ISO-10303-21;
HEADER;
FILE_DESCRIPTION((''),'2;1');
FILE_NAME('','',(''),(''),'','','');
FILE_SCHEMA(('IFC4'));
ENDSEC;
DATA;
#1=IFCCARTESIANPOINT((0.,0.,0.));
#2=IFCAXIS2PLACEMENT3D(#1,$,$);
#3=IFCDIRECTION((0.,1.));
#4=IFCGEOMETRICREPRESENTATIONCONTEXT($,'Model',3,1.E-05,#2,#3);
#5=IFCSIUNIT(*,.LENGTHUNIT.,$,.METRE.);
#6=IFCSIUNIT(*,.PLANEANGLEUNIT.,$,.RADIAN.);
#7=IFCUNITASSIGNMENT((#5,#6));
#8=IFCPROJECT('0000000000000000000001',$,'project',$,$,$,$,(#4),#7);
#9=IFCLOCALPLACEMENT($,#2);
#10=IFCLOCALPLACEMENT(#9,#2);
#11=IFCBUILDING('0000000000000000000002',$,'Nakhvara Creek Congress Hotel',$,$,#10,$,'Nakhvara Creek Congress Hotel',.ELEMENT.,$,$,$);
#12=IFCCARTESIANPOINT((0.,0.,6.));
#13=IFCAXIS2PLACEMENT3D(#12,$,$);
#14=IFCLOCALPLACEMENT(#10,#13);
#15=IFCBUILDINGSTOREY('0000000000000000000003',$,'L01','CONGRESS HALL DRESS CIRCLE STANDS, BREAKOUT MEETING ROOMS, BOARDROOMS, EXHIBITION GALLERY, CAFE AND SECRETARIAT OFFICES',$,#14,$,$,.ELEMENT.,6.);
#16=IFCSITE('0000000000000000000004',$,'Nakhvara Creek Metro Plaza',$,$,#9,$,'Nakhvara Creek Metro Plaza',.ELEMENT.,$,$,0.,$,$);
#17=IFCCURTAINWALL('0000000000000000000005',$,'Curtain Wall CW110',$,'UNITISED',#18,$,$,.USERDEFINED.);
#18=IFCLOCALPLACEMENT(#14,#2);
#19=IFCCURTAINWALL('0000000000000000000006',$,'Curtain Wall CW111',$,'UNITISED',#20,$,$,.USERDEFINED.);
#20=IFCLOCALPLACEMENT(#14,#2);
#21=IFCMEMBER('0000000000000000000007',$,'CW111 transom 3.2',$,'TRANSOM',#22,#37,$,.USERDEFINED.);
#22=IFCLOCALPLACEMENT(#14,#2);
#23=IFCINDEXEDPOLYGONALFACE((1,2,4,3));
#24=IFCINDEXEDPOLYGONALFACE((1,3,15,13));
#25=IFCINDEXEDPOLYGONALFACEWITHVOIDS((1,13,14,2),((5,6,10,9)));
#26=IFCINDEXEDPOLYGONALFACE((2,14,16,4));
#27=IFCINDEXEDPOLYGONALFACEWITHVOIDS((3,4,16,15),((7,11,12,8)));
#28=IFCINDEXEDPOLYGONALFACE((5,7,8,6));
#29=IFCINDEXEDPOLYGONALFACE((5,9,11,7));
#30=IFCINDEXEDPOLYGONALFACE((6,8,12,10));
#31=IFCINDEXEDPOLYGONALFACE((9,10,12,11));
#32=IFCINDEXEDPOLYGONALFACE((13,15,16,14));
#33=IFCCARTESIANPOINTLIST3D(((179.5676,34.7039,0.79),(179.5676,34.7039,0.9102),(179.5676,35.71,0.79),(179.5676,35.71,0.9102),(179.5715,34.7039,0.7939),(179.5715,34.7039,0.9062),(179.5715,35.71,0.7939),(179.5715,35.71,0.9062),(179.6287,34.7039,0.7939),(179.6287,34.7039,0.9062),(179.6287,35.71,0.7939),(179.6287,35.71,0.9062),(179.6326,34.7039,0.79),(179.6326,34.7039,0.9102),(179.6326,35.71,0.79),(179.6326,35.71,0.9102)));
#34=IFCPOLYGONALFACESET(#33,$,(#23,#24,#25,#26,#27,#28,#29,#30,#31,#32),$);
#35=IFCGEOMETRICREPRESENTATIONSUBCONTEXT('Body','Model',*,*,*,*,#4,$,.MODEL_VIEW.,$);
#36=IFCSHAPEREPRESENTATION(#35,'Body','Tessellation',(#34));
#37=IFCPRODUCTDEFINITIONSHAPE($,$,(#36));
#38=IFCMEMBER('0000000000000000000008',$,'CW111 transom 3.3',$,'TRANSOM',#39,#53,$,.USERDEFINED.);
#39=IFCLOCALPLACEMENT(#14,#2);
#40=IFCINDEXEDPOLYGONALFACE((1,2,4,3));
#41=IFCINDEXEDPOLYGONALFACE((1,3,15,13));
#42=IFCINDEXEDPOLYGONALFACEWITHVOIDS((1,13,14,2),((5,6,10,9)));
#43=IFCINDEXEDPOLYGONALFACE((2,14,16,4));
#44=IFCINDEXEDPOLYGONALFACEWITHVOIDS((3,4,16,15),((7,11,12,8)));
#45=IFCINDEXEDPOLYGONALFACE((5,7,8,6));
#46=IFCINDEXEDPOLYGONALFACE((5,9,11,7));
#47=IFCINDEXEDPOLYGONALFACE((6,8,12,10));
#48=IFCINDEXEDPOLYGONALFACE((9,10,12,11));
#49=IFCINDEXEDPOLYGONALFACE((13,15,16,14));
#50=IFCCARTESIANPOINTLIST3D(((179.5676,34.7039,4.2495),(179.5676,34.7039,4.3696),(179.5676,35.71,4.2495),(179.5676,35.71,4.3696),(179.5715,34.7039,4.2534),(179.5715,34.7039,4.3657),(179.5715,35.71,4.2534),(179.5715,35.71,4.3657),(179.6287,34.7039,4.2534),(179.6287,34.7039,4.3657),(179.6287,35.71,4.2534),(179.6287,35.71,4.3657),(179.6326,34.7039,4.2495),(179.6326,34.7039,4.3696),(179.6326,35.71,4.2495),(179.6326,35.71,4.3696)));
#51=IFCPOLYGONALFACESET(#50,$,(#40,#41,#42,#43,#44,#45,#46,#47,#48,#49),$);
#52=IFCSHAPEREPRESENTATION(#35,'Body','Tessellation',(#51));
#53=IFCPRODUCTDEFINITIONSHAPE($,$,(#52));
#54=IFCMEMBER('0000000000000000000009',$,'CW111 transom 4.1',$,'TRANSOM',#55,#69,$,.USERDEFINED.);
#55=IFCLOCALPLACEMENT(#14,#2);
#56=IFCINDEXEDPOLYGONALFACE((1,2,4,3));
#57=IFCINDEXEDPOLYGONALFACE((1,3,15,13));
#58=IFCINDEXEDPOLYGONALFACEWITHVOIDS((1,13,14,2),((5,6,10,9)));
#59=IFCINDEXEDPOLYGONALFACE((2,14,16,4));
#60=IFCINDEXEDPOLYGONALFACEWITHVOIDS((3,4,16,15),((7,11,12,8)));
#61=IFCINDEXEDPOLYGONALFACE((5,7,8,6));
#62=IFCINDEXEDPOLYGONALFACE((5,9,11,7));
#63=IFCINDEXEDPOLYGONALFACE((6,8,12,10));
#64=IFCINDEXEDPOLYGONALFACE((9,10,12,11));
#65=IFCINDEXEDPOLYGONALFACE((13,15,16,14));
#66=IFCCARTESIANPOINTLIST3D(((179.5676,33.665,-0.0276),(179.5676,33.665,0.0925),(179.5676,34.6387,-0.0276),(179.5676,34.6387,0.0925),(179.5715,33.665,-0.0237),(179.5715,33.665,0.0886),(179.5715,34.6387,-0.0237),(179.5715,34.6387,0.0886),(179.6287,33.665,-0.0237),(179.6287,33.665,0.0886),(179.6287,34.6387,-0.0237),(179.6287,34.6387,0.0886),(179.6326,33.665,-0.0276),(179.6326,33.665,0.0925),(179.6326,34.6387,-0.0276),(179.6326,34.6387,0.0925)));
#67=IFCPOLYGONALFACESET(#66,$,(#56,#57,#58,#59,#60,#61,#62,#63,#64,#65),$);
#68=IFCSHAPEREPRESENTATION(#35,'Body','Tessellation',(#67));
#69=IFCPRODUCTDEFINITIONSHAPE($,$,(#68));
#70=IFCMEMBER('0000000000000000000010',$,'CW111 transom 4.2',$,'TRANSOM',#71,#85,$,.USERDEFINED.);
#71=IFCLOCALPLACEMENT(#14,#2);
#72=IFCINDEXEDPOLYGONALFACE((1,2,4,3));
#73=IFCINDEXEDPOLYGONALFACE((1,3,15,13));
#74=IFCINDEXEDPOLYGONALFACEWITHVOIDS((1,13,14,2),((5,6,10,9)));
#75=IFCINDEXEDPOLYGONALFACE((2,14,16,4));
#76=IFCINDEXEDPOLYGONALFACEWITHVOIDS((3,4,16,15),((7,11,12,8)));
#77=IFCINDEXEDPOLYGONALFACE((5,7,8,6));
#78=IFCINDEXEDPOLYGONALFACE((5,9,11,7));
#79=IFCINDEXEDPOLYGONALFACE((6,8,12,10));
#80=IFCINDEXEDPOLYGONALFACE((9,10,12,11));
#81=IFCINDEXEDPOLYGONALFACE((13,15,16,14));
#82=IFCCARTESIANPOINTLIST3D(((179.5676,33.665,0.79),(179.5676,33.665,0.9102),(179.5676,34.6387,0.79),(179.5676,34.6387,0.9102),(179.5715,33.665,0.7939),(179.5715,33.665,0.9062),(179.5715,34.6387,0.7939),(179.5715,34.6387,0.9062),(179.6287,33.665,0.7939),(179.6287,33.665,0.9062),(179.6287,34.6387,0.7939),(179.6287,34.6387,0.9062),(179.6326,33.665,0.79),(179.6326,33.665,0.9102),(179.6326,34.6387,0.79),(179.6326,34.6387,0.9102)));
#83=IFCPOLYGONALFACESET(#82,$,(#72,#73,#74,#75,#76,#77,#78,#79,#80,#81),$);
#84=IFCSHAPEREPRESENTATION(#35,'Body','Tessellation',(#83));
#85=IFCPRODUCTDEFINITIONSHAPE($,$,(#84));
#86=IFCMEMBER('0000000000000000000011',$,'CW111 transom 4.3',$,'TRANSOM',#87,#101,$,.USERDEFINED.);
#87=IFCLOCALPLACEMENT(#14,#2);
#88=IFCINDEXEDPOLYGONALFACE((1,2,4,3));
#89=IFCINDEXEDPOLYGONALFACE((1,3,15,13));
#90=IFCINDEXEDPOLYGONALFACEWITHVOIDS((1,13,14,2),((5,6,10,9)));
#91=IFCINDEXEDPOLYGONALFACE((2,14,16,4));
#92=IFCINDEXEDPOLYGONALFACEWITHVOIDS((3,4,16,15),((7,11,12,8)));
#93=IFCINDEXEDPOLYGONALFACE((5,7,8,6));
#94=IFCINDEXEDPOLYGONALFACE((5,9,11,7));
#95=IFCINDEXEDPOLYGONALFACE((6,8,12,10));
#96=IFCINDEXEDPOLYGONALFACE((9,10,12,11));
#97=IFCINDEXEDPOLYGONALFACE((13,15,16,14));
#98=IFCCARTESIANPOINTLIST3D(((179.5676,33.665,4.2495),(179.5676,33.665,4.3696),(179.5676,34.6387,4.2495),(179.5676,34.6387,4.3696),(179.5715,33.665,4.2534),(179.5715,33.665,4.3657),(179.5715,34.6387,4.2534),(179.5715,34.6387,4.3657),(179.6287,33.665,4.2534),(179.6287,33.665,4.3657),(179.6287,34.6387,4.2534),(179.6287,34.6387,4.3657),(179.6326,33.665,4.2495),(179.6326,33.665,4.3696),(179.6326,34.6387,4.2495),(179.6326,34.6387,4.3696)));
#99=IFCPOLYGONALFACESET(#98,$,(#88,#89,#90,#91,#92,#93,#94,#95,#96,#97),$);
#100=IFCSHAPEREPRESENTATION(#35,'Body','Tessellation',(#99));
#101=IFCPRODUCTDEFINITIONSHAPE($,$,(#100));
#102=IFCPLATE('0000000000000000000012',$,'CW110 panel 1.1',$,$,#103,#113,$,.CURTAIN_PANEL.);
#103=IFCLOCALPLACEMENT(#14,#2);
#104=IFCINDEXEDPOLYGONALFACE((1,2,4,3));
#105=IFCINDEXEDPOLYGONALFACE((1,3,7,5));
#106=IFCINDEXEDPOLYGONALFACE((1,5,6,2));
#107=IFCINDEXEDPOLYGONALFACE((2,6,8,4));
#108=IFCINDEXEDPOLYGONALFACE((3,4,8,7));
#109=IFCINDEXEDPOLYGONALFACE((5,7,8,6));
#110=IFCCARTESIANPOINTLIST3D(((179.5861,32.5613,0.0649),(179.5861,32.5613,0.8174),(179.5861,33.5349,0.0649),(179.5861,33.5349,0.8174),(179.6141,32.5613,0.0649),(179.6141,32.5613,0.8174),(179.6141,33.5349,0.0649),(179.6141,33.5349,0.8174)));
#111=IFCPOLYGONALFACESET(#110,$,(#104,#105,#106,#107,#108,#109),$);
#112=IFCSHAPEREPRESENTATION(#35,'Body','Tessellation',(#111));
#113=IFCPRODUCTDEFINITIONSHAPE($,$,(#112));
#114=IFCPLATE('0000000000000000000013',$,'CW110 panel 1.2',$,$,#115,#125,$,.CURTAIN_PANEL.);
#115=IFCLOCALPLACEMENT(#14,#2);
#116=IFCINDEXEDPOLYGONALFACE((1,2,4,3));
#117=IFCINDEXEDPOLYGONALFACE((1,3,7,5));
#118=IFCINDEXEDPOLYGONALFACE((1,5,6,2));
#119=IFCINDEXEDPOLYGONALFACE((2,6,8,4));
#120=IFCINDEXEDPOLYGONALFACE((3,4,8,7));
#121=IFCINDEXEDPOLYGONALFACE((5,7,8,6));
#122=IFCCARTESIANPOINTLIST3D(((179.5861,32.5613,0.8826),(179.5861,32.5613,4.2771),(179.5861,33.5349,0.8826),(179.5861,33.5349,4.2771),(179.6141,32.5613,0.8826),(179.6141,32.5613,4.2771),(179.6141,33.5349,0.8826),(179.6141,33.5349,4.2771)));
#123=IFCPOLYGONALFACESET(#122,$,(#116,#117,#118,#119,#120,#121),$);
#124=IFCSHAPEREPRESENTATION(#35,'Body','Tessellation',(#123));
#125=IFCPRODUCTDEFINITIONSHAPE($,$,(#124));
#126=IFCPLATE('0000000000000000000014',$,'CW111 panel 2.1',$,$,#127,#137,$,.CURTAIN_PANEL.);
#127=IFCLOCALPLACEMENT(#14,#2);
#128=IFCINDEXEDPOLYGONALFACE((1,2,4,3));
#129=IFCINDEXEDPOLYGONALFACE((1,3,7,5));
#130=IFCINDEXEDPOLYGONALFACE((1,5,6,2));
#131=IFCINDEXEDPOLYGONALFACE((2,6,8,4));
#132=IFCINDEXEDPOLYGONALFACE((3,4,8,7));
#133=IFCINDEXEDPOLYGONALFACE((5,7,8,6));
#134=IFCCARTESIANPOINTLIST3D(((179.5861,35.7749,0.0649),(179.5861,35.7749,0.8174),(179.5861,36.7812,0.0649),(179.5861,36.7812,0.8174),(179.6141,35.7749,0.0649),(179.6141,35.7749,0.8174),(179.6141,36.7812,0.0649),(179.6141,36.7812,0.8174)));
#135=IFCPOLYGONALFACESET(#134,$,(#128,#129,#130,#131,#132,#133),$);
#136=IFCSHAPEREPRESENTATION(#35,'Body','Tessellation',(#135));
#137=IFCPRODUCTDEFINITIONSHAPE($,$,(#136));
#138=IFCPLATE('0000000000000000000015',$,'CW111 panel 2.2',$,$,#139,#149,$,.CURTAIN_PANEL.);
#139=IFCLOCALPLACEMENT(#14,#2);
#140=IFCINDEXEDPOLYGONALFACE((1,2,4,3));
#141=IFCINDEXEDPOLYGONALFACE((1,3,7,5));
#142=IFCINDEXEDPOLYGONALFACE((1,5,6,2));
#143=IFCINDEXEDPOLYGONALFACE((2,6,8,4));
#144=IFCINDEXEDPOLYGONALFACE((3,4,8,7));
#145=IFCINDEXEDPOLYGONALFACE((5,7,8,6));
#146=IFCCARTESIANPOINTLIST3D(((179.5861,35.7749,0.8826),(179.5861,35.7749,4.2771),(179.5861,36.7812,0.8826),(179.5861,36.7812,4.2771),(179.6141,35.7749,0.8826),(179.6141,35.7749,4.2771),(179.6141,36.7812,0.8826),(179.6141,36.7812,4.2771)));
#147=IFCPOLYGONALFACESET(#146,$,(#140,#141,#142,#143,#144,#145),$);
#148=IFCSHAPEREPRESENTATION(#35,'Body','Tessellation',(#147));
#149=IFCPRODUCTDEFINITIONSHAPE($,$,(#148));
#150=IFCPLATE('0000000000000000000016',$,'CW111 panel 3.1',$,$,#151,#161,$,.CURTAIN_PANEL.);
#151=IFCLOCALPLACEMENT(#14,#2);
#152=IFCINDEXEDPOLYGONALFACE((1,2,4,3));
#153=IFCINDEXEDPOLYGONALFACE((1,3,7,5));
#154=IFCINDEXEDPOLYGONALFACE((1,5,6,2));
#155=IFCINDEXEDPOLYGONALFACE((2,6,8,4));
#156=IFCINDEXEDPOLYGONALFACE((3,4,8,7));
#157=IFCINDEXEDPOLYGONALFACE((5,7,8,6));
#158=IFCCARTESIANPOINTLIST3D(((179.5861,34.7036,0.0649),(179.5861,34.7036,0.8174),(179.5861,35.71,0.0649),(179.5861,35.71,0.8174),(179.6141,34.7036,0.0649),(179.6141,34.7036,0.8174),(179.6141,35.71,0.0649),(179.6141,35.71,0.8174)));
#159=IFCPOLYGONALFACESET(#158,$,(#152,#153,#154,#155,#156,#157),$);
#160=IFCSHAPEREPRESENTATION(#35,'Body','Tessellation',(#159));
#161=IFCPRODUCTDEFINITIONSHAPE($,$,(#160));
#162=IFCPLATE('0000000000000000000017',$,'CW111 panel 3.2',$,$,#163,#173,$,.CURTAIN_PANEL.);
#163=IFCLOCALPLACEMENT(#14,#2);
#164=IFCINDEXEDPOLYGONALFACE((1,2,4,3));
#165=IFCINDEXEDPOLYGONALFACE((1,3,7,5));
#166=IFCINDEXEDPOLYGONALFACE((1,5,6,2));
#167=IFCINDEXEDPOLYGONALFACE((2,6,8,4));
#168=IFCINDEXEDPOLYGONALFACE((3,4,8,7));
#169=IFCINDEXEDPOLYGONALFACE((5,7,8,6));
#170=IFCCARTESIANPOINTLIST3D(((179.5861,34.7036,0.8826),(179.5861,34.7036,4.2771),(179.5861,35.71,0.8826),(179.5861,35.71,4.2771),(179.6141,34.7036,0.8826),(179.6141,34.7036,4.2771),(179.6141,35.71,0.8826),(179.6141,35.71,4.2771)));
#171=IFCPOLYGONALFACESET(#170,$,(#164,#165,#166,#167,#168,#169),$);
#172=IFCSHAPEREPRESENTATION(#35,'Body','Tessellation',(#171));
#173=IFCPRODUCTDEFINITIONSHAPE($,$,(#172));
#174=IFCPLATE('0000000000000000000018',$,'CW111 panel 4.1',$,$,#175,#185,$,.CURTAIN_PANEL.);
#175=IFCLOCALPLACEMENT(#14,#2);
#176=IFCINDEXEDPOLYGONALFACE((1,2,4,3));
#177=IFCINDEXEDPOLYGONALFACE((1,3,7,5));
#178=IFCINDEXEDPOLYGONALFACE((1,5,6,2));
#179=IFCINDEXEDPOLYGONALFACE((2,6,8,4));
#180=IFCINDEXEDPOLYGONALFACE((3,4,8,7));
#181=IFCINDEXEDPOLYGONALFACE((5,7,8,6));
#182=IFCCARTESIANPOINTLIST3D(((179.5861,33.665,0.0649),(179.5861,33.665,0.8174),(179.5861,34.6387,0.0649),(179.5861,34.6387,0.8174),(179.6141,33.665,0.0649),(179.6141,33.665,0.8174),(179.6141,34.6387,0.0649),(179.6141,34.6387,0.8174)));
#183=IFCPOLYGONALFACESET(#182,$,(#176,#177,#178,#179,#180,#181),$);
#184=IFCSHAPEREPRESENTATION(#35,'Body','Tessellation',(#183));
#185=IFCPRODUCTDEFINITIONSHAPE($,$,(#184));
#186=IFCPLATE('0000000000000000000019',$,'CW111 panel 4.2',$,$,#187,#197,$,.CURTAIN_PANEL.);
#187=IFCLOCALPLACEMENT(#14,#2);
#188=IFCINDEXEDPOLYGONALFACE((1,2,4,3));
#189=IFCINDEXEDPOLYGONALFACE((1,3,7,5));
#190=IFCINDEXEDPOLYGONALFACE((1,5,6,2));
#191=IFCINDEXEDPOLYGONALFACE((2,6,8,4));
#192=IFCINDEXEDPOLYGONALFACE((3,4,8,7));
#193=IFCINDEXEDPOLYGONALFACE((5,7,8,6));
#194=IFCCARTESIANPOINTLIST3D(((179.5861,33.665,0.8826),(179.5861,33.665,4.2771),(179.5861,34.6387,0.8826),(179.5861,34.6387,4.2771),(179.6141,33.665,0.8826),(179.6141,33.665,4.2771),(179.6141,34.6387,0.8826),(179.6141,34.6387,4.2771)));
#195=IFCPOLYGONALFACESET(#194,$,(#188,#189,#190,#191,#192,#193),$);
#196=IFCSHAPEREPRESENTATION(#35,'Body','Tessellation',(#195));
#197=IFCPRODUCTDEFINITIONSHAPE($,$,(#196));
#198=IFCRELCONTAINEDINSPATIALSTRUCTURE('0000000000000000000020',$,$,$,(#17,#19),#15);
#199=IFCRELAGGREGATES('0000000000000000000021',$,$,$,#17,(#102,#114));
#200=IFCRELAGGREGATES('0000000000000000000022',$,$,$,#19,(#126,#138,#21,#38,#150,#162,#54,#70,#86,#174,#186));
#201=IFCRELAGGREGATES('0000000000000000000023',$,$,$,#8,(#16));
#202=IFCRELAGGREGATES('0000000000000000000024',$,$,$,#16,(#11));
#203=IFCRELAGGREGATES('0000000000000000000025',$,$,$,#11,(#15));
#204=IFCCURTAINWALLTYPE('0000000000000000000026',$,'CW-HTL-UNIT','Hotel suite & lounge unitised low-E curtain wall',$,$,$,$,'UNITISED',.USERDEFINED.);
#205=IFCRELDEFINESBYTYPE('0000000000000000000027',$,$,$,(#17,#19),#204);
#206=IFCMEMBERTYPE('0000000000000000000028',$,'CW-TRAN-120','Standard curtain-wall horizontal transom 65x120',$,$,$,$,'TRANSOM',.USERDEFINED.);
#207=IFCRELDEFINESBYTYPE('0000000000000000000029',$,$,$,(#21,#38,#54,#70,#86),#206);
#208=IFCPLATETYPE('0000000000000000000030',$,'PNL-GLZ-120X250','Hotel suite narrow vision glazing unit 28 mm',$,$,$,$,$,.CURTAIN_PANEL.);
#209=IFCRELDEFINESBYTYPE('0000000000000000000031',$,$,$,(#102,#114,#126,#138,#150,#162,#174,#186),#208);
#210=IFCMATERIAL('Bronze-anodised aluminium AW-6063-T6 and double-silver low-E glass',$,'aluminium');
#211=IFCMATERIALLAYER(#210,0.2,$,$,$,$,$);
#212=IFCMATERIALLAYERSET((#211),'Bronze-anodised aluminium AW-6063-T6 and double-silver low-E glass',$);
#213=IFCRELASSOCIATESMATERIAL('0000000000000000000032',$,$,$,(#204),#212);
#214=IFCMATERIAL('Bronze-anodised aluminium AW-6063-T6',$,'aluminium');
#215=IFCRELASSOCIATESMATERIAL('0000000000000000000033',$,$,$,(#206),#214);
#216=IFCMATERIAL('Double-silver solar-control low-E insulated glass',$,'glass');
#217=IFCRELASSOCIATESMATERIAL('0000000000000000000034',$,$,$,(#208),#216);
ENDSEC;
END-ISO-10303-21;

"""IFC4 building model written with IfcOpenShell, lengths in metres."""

from ifc_helpers import new_model, si_unit, direction, frame, origin, origin_2d, place, context, subcontext, project, spatial, rectangle, hollow_rectangle, extrude, material, layer, layer_set, material_profile, profile_set, type_object, element, aggregate, save


model = new_model("IFC4")

# Units and contexts
model_context = context("Model", 3, precision=1e-05, world=origin(), true_north=direction((0.0, 1.0)))
body_context = subcontext(model_context, "Body", "Model", "MODEL_VIEW")
ifc_project = project(units=[si_unit("LENGTHUNIT", "METRE"), si_unit("PLANEANGLEUNIT", "RADIAN")], contexts=[model_context])

# Site, building, storey
site_placement = place(None, origin())
site = spatial("IfcSite", under=ifc_project, at=site_placement, Name="Nakhvara Creek Metro Plaza", LongName="Nakhvara Creek Metro Plaza", CompositionType="ELEMENT", RefElevation=0.0)
building_placement = place(site_placement, origin())
building = spatial("IfcBuilding", under=site, at=building_placement, Name="Nakhvara Creek Congress Hotel", LongName="Nakhvara Creek Congress Hotel", CompositionType="ELEMENT")
storey_placement = place(building_placement, frame((0.0, 0.0, 6.0)))
storey = spatial("IfcBuildingStorey", under=building, at=storey_placement, Name="L01", Description="CONGRESS HALL DRESS CIRCLE STANDS, BREAKOUT MEETING ROOMS, BOARDROOMS, EXHIBITION GALLERY, CAFE AND SECRETARIAT OFFICES", CompositionType="ELEMENT", Elevation=6.0)

# Curtain wall
ifc_material_1 = material(Name="Bronze-anodised aluminium AW-6063-T6 and double-silver low-E glass", Category="aluminium")
ifc_layer = layer(ifc_material_1, 0.2)
ifc_layer_set = layer_set([ifc_layer], Name="Bronze-anodised aluminium AW-6063-T6 and double-silver low-E glass")
curtain_wall_type = type_object("IfcCurtainWallType", Name="CW-HTL-UNIT", Description="Hotel suite & lounge unitised low-E curtain wall", ElementType="UNITISED", PredefinedType="USERDEFINED", material=ifc_layer_set)
curtain_wall_1_placement = place(storey_placement, origin())
curtain_wall_1 = element("IfcCurtainWall", 1, at=curtain_wall_1_placement, inside=storey, type_object=curtain_wall_type, Name="Curtain Wall CW110", ObjectType="UNITISED", PredefinedType="USERDEFINED")
ifc_material_2 = material(Name="Bronze-anodised aluminium AW-6063-T6", Category="aluminium")

# Curtain wall
curtain_wall_2_placement = place(storey_placement, origin())
curtain_wall_2 = element("IfcCurtainWall", 2, at=curtain_wall_2_placement, inside=storey, type_object=curtain_wall_type, Name="Curtain Wall CW111", ObjectType="UNITISED", PredefinedType="USERDEFINED")

# Members
ifc_material_profile_1 = material_profile(ifc_material_2, hollow_rectangle(XDim=0.0649, YDim=0.1201, WallThickness=0.0039, at=origin_2d()), Name="ALU-TRAN 65x120x4", Category="LoadBearing")
ifc_profile_set_1 = profile_set([ifc_material_profile_1], Name="Bronze-anodised aluminium AW-6063-T6")
member_type_1 = type_object("IfcMemberType", Name="CW-TRAN-120", Description="Standard curtain-wall horizontal transom 65x120", ElementType="TRANSOM", PredefinedType="USERDEFINED", material=ifc_profile_set_1)
member_1_placement = place(storey_placement, frame((179.6001, 35.71, 0.8501), z_axis=(0.0, -1.0, 0.0), x_axis=(1.0, 0.0, 0.0)))
member_1 = element("IfcMember", 3, at=member_1_placement, type_object=member_type_1, Name="CW111 transom 3.2", ObjectType="TRANSOM", PredefinedType="USERDEFINED", context=body_context, shape_type="SweptSolid", body=[
    extrude(hollow_rectangle(XDim=0.0649, YDim=0.1201, WallThickness=0.0039, at=origin_2d()), origin(), (0.0, 0.0, 1.0), 1.0061),
])
member_2_placement = place(storey_placement, frame((179.6001, 35.71, 4.3096), z_axis=(0.0, -1.0, 0.0), x_axis=(1.0, 0.0, 0.0)))
member_2 = element("IfcMember", 4, at=member_2_placement, type_object=member_type_1, Name="CW111 transom 3.3", ObjectType="TRANSOM", PredefinedType="USERDEFINED", context=body_context, shape_type="SweptSolid", body=[
    extrude(hollow_rectangle(XDim=0.0649, YDim=0.1201, WallThickness=0.0039, at=origin_2d()), origin(), (0.0, 0.0, 1.0), 1.0061),
])
member_3_placement = place(storey_placement, frame((179.6001, 34.6387, 0.0325), z_axis=(0.0, -1.0, 0.0), x_axis=(1.0, 0.0, 0.0)))
member_3 = element("IfcMember", 5, at=member_3_placement, type_object=member_type_1, Name="CW111 transom 4.1", ObjectType="TRANSOM", PredefinedType="USERDEFINED", context=body_context, shape_type="SweptSolid", body=[
    extrude(hollow_rectangle(XDim=0.0649, YDim=0.1201, WallThickness=0.0039, at=origin_2d()), origin(), (0.0, 0.0, 1.0), 0.9736),
])
member_4_placement = place(storey_placement, frame((179.6001, 34.6387, 0.8501), z_axis=(0.0, -1.0, 0.0), x_axis=(1.0, 0.0, 0.0)))
member_4 = element("IfcMember", 6, at=member_4_placement, type_object=member_type_1, Name="CW111 transom 4.2", ObjectType="TRANSOM", PredefinedType="USERDEFINED", context=body_context, shape_type="SweptSolid", body=[
    extrude(hollow_rectangle(XDim=0.0649, YDim=0.1201, WallThickness=0.0039, at=origin_2d()), origin(), (0.0, 0.0, 1.0), 0.9736),
])
member_5_placement = place(storey_placement, frame((179.6001, 34.6387, 4.3096), z_axis=(0.0, -1.0, 0.0), x_axis=(1.0, 0.0, 0.0)))
member_5 = element("IfcMember", 7, at=member_5_placement, type_object=member_type_1, Name="CW111 transom 4.3", ObjectType="TRANSOM", PredefinedType="USERDEFINED", context=body_context, shape_type="SweptSolid", body=[
    extrude(hollow_rectangle(XDim=0.0649, YDim=0.1201, WallThickness=0.0039, at=origin_2d()), origin(), (0.0, 0.0, 1.0), 0.9736),
])

# Plates
ifc_material_3 = material(Name="Double-silver solar-control low-E insulated glass", Category="glass")
plate_type = type_object("IfcPlateType", Name="PNL-GLZ-120X250", Description="Hotel suite narrow vision glazing unit 28 mm", PredefinedType="CURTAIN_PANEL", material=ifc_material_3)
plate_1_placement = place(storey_placement, frame((179.6001, 33.0481, 0.0649), z_axis=(0.0, 0.0, 1.0), x_axis=(0.0, -1.0, 0.0)))
plate_1 = element("IfcPlate", 8, at=plate_1_placement, type_object=plate_type, Name="CW110 panel 1.1", PredefinedType="CURTAIN_PANEL", context=body_context, shape_type="SweptSolid", body=[
    extrude(rectangle(XDim=0.9736, YDim=0.0281, at=origin_2d()), origin(), (0.0, 0.0, 1.0), 0.7524),
])
plate_2_placement = place(storey_placement, frame((179.6001, 33.0481, 0.8826), z_axis=(0.0, 0.0, 1.0), x_axis=(0.0, -1.0, 0.0)))
plate_2 = element("IfcPlate", 9, at=plate_2_placement, type_object=plate_type, Name="CW110 panel 1.2", PredefinedType="CURTAIN_PANEL", context=body_context, shape_type="SweptSolid", body=[
    extrude(rectangle(XDim=0.9736, YDim=0.0281, at=origin_2d()), origin(), (0.0, 0.0, 1.0), 3.3945),
])
aggregate(curtain_wall_1, [plate_1, plate_2])
plate_3_placement = place(storey_placement, frame((179.6001, 36.2781, 0.0649), z_axis=(0.0, 0.0, 1.0), x_axis=(0.0, -1.0, 0.0)))
plate_3 = element("IfcPlate", 10, at=plate_3_placement, type_object=plate_type, Name="CW111 panel 2.1", PredefinedType="CURTAIN_PANEL", context=body_context, shape_type="SweptSolid", body=[
    extrude(rectangle(XDim=1.0063, YDim=0.0281, at=origin_2d()), origin(), (0.0, 0.0, 1.0), 0.7524),
])
plate_4_placement = place(storey_placement, frame((179.6001, 36.2781, 0.8826), z_axis=(0.0, 0.0, 1.0), x_axis=(0.0, -1.0, 0.0)))
plate_4 = element("IfcPlate", 11, at=plate_4_placement, type_object=plate_type, Name="CW111 panel 2.2", PredefinedType="CURTAIN_PANEL", context=body_context, shape_type="SweptSolid", body=[
    extrude(rectangle(XDim=1.0063, YDim=0.0281, at=origin_2d()), origin(), (0.0, 0.0, 1.0), 3.3945),
])
plate_5_placement = place(storey_placement, frame((179.6001, 35.2068, 0.0649), z_axis=(0.0, 0.0, 1.0), x_axis=(0.0, -1.0, 0.0)))
plate_5 = element("IfcPlate", 12, at=plate_5_placement, type_object=plate_type, Name="CW111 panel 3.1", PredefinedType="CURTAIN_PANEL", context=body_context, shape_type="SweptSolid", body=[
    extrude(rectangle(XDim=1.0063, YDim=0.0281, at=origin_2d()), origin(), (0.0, 0.0, 1.0), 0.7524),
])
plate_6_placement = place(storey_placement, frame((179.6001, 35.2068, 0.8826), z_axis=(0.0, 0.0, 1.0), x_axis=(0.0, -1.0, 0.0)))
plate_6 = element("IfcPlate", 13, at=plate_6_placement, type_object=plate_type, Name="CW111 panel 3.2", PredefinedType="CURTAIN_PANEL", context=body_context, shape_type="SweptSolid", body=[
    extrude(rectangle(XDim=1.0063, YDim=0.0281, at=origin_2d()), origin(), (0.0, 0.0, 1.0), 3.3945),
])
plate_7_placement = place(storey_placement, frame((179.6001, 34.1519, 0.0649), z_axis=(0.0, 0.0, 1.0), x_axis=(0.0, -1.0, 0.0)))
plate_7 = element("IfcPlate", 14, at=plate_7_placement, type_object=plate_type, Name="CW111 panel 4.1", PredefinedType="CURTAIN_PANEL", context=body_context, shape_type="SweptSolid", body=[
    extrude(rectangle(XDim=0.9736, YDim=0.0281, at=origin_2d()), origin(), (0.0, 0.0, 1.0), 0.7524),
])
plate_8_placement = place(storey_placement, frame((179.6001, 34.1519, 0.8826), z_axis=(0.0, 0.0, 1.0), x_axis=(0.0, -1.0, 0.0)))
plate_8 = element("IfcPlate", 15, at=plate_8_placement, type_object=plate_type, Name="CW111 panel 4.2", PredefinedType="CURTAIN_PANEL", context=body_context, shape_type="SweptSolid", body=[
    extrude(rectangle(XDim=0.9736, YDim=0.0281, at=origin_2d()), origin(), (0.0, 0.0, 1.0), 3.3945),
])
aggregate(curtain_wall_2, [plate_3, plate_4, member_1, member_2, plate_5, plate_6, member_3, member_4, member_5, plate_7, plate_8])

save(model, "model.ifc")
